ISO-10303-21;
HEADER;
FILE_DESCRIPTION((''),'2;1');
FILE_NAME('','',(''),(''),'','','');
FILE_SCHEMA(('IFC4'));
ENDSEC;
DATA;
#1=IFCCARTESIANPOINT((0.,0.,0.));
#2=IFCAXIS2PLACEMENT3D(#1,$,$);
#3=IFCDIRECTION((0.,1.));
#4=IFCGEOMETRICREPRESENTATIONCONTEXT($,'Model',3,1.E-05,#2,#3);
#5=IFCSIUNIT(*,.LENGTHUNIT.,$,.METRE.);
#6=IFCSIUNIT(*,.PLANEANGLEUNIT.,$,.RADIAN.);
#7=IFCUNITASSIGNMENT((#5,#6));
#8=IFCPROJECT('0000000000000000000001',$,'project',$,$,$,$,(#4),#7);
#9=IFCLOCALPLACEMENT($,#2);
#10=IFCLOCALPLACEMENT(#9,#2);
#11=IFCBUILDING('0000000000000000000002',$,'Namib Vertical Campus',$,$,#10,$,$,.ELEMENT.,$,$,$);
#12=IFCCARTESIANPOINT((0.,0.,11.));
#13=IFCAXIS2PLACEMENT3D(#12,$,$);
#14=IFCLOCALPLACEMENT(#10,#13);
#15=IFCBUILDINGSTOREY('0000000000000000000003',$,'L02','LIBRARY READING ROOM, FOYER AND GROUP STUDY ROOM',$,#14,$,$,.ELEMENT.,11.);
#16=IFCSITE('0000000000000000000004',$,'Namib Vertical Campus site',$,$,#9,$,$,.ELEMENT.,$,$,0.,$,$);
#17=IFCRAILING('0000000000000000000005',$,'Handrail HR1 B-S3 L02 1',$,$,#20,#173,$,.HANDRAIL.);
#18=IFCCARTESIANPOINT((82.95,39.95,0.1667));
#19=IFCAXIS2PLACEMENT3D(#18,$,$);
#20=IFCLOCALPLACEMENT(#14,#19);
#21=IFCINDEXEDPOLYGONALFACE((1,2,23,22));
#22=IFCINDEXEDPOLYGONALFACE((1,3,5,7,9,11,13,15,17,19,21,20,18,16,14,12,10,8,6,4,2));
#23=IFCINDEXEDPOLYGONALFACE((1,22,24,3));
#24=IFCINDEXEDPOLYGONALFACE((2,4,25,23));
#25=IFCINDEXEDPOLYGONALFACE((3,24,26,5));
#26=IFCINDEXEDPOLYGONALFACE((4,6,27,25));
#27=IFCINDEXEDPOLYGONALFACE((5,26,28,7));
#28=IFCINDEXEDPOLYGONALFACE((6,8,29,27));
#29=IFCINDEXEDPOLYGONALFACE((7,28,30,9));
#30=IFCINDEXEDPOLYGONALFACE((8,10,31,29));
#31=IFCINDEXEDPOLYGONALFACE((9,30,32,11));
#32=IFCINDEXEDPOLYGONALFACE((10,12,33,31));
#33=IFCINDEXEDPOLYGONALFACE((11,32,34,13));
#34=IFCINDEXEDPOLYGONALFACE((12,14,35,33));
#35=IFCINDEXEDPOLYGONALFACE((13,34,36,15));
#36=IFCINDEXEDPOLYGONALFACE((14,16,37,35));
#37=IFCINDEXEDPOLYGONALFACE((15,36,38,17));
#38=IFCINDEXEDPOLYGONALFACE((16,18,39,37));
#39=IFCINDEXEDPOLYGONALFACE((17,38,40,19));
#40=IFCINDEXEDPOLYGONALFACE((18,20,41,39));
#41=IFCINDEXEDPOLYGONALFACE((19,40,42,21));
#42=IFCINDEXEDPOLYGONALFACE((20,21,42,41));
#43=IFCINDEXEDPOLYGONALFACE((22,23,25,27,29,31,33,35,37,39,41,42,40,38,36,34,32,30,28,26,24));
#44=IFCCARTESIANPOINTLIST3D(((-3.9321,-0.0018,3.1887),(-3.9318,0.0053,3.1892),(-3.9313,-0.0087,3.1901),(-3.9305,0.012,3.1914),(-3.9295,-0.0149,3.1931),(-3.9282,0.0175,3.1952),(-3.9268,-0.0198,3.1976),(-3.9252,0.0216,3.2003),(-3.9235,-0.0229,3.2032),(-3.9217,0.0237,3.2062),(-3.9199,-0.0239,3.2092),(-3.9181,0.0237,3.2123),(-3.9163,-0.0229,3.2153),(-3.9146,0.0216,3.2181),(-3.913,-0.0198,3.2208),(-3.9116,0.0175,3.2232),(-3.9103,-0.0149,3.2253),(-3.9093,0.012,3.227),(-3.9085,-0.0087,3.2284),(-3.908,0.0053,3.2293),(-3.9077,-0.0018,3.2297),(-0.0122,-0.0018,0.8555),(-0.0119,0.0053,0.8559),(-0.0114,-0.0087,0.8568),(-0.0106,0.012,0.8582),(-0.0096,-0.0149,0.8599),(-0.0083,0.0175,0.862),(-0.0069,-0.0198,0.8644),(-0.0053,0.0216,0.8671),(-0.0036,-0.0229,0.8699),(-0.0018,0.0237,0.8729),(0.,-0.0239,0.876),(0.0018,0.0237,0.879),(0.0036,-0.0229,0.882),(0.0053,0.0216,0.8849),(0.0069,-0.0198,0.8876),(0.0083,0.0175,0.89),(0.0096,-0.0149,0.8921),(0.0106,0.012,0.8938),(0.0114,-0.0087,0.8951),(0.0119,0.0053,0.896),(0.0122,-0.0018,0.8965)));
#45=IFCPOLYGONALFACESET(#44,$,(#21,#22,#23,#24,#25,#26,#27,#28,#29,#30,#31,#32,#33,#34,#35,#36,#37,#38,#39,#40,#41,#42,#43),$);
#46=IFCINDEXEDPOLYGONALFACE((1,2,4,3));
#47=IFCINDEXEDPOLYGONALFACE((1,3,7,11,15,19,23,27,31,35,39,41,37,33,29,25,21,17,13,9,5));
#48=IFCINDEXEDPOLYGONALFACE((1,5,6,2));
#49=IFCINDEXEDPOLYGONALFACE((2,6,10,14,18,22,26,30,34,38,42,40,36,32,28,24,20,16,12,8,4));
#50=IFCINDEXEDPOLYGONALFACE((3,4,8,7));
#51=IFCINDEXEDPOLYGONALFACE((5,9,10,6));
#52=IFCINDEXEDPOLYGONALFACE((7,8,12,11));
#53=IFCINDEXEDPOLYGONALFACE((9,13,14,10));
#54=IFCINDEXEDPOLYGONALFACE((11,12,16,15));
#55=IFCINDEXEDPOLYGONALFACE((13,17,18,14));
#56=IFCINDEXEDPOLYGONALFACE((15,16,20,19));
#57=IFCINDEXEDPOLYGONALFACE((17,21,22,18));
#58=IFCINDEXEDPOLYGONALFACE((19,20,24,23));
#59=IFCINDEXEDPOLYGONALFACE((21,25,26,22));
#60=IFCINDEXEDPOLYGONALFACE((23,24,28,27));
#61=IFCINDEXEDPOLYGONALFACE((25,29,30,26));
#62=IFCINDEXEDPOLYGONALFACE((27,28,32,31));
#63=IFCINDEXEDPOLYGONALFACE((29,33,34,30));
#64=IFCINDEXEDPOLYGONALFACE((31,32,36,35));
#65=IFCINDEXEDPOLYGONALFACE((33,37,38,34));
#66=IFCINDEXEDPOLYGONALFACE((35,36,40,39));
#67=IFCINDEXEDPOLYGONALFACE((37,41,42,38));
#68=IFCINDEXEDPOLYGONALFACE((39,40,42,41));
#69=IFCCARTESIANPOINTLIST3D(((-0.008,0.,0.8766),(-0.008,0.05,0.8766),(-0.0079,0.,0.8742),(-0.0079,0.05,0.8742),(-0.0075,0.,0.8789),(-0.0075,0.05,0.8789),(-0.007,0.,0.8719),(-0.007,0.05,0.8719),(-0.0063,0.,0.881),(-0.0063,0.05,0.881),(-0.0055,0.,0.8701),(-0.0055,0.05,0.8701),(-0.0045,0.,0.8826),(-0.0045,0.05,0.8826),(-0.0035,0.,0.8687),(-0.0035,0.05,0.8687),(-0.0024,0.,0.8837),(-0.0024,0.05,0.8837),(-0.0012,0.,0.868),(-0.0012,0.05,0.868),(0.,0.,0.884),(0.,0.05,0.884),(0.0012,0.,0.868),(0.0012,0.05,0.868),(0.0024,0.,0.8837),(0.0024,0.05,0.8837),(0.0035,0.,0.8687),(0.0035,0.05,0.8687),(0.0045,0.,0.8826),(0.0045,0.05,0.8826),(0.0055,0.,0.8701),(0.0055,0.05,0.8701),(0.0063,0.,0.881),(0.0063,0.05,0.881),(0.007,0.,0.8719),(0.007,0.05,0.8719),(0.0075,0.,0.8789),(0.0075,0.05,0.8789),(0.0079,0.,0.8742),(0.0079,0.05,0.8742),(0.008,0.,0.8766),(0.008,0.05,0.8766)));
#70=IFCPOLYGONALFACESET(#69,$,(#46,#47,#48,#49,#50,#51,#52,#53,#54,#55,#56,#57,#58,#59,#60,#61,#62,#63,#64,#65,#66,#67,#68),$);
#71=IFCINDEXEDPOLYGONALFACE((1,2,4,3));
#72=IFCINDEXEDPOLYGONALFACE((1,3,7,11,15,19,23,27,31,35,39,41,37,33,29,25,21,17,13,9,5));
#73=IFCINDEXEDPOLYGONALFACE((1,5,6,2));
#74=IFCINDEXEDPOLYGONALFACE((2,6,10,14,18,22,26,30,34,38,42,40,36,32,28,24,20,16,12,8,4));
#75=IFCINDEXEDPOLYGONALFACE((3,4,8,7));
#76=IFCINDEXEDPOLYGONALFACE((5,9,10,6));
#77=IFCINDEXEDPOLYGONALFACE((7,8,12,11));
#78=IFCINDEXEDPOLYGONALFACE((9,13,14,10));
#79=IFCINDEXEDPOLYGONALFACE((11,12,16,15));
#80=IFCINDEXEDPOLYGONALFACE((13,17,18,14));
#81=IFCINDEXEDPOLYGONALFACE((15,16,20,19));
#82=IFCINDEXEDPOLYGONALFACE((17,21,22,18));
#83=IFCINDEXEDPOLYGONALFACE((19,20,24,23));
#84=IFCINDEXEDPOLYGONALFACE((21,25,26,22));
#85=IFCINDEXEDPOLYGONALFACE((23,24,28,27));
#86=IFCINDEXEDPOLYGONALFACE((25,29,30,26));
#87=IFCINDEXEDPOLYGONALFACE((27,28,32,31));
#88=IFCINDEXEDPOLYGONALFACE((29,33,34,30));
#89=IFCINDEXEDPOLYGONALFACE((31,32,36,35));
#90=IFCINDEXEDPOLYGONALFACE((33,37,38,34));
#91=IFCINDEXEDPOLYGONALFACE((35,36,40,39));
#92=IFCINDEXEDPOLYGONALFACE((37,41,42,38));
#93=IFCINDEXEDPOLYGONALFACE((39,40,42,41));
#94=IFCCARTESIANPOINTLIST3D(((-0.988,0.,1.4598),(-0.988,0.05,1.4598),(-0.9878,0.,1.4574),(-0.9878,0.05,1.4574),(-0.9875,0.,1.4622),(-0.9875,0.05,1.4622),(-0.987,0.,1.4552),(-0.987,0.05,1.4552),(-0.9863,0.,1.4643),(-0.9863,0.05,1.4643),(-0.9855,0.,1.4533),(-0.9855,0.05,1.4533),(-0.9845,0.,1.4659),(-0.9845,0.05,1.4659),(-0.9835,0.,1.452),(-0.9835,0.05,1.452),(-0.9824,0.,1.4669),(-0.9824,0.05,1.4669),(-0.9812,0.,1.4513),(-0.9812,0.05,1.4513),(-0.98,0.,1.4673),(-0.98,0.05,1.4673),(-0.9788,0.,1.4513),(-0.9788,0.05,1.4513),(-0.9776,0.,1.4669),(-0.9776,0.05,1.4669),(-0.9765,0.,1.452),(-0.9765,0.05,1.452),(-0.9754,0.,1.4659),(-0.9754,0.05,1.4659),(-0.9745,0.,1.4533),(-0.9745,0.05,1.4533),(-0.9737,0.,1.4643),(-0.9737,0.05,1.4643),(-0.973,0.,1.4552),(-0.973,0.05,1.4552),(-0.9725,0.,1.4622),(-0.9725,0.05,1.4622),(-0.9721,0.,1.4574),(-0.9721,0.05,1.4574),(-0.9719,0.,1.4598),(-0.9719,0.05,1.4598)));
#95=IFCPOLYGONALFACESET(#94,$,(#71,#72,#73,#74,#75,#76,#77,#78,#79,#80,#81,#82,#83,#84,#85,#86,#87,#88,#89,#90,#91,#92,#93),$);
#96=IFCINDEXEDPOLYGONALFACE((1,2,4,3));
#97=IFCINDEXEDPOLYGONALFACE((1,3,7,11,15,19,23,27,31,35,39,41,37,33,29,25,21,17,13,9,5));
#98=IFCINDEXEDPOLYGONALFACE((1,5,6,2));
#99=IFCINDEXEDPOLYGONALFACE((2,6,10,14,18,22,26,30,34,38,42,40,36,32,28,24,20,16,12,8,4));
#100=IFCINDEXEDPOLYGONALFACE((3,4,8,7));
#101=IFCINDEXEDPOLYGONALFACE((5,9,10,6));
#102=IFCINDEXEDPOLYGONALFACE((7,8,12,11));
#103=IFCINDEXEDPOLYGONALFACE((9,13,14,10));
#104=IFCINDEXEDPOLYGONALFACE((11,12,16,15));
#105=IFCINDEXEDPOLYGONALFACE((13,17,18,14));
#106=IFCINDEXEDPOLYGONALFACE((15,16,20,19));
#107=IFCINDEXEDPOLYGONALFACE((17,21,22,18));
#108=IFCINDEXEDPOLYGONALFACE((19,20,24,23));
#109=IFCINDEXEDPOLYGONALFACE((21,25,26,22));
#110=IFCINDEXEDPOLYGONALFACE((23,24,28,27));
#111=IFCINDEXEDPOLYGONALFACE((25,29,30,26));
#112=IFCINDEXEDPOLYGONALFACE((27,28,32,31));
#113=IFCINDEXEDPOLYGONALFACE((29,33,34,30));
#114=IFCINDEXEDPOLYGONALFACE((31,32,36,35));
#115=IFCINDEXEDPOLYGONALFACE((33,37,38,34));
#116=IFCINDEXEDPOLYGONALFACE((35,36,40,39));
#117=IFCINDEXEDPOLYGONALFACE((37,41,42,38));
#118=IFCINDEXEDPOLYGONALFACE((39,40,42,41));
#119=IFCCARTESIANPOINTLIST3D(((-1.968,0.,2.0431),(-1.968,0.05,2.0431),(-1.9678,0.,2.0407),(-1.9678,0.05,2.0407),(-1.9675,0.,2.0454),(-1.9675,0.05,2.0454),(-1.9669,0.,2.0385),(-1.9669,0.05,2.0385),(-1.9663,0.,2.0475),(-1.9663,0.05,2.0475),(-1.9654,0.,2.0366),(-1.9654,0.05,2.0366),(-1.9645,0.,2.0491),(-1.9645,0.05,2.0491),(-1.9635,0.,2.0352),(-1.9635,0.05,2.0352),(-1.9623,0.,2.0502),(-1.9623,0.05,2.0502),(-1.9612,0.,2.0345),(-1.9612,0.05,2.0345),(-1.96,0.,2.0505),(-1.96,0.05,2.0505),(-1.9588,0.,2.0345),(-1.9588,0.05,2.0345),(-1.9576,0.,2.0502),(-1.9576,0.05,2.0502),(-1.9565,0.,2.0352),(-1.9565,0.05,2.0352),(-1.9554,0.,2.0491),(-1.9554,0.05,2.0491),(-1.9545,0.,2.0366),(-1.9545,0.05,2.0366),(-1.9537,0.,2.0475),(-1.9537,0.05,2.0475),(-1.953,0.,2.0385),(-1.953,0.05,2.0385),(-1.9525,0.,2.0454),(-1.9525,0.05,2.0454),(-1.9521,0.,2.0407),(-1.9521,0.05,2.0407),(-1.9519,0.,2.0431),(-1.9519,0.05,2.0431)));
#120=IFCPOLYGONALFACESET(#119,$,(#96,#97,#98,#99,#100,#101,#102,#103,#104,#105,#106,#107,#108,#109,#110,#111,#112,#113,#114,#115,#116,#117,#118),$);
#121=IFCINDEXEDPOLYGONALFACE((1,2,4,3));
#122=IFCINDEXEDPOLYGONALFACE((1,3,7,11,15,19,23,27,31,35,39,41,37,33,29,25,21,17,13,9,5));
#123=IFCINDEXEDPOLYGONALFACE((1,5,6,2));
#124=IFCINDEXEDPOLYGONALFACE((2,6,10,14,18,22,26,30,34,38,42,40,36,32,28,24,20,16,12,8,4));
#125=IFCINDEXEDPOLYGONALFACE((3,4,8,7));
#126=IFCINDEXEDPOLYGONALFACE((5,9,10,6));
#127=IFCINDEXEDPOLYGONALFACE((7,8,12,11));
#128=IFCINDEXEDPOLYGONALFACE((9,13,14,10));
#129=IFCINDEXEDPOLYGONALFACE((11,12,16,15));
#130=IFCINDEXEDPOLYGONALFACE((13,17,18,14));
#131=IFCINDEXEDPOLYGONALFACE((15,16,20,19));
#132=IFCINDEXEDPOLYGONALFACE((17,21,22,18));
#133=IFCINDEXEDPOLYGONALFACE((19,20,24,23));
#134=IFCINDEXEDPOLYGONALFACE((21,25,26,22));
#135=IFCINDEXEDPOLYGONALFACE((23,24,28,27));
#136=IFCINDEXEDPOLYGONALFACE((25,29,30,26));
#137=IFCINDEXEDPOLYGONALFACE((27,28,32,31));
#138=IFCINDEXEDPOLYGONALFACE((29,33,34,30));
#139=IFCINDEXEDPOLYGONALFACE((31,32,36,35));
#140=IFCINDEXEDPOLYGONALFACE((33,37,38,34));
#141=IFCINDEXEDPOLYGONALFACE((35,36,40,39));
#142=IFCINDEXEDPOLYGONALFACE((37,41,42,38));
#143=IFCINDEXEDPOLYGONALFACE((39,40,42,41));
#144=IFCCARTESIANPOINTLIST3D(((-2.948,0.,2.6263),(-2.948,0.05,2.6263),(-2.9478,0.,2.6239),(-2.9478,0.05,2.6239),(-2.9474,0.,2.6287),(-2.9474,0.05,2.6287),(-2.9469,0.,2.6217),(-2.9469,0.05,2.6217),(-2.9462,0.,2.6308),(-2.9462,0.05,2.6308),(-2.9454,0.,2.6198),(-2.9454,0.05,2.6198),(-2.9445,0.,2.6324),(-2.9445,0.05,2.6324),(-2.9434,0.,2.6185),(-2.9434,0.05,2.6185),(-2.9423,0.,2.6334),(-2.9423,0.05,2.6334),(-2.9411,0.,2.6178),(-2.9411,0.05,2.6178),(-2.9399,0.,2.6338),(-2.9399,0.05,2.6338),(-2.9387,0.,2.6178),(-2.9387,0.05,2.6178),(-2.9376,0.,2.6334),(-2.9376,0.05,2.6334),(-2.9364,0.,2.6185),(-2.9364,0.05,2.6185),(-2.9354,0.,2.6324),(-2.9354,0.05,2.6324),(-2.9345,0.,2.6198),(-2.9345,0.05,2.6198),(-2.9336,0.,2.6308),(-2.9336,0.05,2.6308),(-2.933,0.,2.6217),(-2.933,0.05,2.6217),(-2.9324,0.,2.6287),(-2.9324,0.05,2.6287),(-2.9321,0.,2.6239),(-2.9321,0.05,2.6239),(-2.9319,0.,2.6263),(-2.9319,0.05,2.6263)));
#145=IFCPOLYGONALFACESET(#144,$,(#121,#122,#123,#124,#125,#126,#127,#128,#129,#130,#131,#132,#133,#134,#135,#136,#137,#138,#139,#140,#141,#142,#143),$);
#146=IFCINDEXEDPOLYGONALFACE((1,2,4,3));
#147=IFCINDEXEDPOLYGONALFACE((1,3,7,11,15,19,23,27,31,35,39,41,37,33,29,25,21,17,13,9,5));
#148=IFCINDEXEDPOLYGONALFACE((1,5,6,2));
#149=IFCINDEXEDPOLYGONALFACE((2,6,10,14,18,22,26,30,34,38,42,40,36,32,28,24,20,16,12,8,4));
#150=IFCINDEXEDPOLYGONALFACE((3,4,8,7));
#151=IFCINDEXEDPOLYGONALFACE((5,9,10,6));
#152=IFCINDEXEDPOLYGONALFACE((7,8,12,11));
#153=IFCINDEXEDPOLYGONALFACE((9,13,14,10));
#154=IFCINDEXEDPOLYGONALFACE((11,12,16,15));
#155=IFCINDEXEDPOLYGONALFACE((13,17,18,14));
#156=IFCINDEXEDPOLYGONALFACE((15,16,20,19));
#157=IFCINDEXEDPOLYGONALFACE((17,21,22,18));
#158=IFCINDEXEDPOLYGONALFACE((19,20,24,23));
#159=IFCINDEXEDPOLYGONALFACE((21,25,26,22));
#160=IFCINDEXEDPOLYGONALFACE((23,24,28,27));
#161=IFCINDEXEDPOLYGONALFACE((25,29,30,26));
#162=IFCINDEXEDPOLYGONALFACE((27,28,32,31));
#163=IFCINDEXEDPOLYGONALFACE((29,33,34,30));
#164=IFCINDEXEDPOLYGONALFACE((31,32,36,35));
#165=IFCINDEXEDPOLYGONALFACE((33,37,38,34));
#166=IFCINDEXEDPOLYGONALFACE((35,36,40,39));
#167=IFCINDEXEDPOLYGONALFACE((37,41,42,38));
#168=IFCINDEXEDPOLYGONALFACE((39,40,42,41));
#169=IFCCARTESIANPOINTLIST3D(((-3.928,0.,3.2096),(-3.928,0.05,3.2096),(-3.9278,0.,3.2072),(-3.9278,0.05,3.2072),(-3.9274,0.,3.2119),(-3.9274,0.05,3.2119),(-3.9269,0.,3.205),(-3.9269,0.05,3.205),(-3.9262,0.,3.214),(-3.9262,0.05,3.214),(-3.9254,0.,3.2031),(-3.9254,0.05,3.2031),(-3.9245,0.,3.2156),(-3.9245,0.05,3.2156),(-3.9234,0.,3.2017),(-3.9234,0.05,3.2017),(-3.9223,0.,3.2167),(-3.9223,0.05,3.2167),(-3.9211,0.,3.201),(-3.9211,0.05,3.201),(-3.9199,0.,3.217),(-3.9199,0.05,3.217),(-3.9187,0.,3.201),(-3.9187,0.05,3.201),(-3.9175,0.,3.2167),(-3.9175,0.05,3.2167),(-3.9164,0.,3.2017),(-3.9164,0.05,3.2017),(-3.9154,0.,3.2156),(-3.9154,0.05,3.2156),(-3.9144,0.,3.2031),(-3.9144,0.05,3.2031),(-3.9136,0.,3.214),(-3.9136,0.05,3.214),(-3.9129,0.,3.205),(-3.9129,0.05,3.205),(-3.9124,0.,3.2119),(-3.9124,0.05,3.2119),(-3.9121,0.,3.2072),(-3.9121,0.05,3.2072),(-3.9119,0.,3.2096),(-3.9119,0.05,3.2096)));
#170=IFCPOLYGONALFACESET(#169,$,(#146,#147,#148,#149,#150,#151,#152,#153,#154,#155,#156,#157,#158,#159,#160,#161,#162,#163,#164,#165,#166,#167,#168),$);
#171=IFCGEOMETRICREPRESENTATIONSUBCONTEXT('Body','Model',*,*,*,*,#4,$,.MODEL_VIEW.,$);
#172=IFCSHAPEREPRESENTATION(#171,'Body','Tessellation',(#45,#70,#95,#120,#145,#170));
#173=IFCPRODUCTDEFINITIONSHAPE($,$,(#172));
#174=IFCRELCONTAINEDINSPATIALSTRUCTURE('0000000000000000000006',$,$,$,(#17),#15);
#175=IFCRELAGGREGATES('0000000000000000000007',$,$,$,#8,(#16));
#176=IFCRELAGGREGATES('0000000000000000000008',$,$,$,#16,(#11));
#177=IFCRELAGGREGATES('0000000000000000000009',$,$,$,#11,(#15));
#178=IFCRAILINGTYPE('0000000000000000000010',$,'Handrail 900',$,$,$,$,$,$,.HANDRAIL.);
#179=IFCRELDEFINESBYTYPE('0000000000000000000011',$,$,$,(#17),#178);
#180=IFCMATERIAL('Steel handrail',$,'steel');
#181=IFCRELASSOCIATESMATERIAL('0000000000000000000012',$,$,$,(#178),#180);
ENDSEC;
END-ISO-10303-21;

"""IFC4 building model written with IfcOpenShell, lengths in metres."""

from ifc_helpers import new_model, si_unit, direction, frame, origin, origin_2d, place, context, subcontext, project, spatial, circle, extrude, material, type_object, element, save


model = new_model("IFC4")

# Units and contexts
model_context = context("Model", 3, precision=1e-05, world=origin(), true_north=direction((0.0, 1.0)))
body_context = subcontext(model_context, "Body", "Model", "MODEL_VIEW")
ifc_project = project(units=[si_unit("LENGTHUNIT", "METRE"), si_unit("PLANEANGLEUNIT", "RADIAN")], contexts=[model_context])

# Site, building, storey
site_placement = place(None, origin())
site = spatial("IfcSite", under=ifc_project, at=site_placement, Name="Namib Vertical Campus site", CompositionType="ELEMENT", RefElevation=0.0)
building_placement = place(site_placement, origin())
building = spatial("IfcBuilding", under=site, at=building_placement, Name="Namib Vertical Campus", CompositionType="ELEMENT")
storey_placement = place(building_placement, frame((0.0, 0.0, 11.0)))
storey = spatial("IfcBuildingStorey", under=building, at=storey_placement, Name="L02", Description="LIBRARY READING ROOM, FOYER AND GROUP STUDY ROOM", CompositionType="ELEMENT", Elevation=11.0)

# Railing
ifc_material_1 = material(Name="Steel handrail", Category="steel")
railing_type_1 = type_object("IfcRailingType", Name="Handrail 900", PredefinedType="HANDRAIL", material=ifc_material_1)
railing_1_placement = place(storey_placement, frame((82.95, 39.95, 0.1667)))
element("IfcRailing", 1, at=railing_1_placement, inside=storey, type_object=railing_type_1, Name="Handrail HR1 B-S3 L02 1", PredefinedType="HANDRAIL", context=body_context, shape_type="SweptSolid", body=[
    extrude(circle(Radius=0.0239, at=origin_2d()), frame((0.0, 0.0, 0.876), z_axis=(-0.859296, 0.0, 0.511478), x_axis=(0.0, -1.0, 0.0)), (0.0, 0.0, 1.0), 4.5618),
    extrude(circle(Radius=0.0081, at=origin_2d()), frame((0.0, 0.0, 0.876), z_axis=(0.0, 1.0, 0.0), x_axis=(0.0, 0.0, 1.0)), (0.0, 0.0, 1.0), 0.05),
    extrude(circle(Radius=0.0081, at=origin_2d()), frame((-0.98, 0.0, 1.4592), z_axis=(0.0, 1.0, 0.0), x_axis=(0.0, 0.0, 1.0)), (0.0, 0.0, 1.0), 0.05),
    extrude(circle(Radius=0.0081, at=origin_2d()), frame((-1.96, 0.0, 2.0425), z_axis=(0.0, 1.0, 0.0), x_axis=(0.0, 0.0, 1.0)), (0.0, 0.0, 1.0), 0.05),
    extrude(circle(Radius=0.0081, at=origin_2d()), frame((-2.9399, 0.0, 2.6257), z_axis=(0.0, 1.0, 0.0), x_axis=(0.0, 0.0, 1.0)), (0.0, 0.0, 1.0), 0.05),
    extrude(circle(Radius=0.0081, at=origin_2d()), frame((-3.9199, 0.0, 3.209), z_axis=(0.0, 1.0, 0.0), x_axis=(0.0, 0.0, 1.0)), (0.0, 0.0, 1.0), 0.05),
])

save(model, "model.ifc")
